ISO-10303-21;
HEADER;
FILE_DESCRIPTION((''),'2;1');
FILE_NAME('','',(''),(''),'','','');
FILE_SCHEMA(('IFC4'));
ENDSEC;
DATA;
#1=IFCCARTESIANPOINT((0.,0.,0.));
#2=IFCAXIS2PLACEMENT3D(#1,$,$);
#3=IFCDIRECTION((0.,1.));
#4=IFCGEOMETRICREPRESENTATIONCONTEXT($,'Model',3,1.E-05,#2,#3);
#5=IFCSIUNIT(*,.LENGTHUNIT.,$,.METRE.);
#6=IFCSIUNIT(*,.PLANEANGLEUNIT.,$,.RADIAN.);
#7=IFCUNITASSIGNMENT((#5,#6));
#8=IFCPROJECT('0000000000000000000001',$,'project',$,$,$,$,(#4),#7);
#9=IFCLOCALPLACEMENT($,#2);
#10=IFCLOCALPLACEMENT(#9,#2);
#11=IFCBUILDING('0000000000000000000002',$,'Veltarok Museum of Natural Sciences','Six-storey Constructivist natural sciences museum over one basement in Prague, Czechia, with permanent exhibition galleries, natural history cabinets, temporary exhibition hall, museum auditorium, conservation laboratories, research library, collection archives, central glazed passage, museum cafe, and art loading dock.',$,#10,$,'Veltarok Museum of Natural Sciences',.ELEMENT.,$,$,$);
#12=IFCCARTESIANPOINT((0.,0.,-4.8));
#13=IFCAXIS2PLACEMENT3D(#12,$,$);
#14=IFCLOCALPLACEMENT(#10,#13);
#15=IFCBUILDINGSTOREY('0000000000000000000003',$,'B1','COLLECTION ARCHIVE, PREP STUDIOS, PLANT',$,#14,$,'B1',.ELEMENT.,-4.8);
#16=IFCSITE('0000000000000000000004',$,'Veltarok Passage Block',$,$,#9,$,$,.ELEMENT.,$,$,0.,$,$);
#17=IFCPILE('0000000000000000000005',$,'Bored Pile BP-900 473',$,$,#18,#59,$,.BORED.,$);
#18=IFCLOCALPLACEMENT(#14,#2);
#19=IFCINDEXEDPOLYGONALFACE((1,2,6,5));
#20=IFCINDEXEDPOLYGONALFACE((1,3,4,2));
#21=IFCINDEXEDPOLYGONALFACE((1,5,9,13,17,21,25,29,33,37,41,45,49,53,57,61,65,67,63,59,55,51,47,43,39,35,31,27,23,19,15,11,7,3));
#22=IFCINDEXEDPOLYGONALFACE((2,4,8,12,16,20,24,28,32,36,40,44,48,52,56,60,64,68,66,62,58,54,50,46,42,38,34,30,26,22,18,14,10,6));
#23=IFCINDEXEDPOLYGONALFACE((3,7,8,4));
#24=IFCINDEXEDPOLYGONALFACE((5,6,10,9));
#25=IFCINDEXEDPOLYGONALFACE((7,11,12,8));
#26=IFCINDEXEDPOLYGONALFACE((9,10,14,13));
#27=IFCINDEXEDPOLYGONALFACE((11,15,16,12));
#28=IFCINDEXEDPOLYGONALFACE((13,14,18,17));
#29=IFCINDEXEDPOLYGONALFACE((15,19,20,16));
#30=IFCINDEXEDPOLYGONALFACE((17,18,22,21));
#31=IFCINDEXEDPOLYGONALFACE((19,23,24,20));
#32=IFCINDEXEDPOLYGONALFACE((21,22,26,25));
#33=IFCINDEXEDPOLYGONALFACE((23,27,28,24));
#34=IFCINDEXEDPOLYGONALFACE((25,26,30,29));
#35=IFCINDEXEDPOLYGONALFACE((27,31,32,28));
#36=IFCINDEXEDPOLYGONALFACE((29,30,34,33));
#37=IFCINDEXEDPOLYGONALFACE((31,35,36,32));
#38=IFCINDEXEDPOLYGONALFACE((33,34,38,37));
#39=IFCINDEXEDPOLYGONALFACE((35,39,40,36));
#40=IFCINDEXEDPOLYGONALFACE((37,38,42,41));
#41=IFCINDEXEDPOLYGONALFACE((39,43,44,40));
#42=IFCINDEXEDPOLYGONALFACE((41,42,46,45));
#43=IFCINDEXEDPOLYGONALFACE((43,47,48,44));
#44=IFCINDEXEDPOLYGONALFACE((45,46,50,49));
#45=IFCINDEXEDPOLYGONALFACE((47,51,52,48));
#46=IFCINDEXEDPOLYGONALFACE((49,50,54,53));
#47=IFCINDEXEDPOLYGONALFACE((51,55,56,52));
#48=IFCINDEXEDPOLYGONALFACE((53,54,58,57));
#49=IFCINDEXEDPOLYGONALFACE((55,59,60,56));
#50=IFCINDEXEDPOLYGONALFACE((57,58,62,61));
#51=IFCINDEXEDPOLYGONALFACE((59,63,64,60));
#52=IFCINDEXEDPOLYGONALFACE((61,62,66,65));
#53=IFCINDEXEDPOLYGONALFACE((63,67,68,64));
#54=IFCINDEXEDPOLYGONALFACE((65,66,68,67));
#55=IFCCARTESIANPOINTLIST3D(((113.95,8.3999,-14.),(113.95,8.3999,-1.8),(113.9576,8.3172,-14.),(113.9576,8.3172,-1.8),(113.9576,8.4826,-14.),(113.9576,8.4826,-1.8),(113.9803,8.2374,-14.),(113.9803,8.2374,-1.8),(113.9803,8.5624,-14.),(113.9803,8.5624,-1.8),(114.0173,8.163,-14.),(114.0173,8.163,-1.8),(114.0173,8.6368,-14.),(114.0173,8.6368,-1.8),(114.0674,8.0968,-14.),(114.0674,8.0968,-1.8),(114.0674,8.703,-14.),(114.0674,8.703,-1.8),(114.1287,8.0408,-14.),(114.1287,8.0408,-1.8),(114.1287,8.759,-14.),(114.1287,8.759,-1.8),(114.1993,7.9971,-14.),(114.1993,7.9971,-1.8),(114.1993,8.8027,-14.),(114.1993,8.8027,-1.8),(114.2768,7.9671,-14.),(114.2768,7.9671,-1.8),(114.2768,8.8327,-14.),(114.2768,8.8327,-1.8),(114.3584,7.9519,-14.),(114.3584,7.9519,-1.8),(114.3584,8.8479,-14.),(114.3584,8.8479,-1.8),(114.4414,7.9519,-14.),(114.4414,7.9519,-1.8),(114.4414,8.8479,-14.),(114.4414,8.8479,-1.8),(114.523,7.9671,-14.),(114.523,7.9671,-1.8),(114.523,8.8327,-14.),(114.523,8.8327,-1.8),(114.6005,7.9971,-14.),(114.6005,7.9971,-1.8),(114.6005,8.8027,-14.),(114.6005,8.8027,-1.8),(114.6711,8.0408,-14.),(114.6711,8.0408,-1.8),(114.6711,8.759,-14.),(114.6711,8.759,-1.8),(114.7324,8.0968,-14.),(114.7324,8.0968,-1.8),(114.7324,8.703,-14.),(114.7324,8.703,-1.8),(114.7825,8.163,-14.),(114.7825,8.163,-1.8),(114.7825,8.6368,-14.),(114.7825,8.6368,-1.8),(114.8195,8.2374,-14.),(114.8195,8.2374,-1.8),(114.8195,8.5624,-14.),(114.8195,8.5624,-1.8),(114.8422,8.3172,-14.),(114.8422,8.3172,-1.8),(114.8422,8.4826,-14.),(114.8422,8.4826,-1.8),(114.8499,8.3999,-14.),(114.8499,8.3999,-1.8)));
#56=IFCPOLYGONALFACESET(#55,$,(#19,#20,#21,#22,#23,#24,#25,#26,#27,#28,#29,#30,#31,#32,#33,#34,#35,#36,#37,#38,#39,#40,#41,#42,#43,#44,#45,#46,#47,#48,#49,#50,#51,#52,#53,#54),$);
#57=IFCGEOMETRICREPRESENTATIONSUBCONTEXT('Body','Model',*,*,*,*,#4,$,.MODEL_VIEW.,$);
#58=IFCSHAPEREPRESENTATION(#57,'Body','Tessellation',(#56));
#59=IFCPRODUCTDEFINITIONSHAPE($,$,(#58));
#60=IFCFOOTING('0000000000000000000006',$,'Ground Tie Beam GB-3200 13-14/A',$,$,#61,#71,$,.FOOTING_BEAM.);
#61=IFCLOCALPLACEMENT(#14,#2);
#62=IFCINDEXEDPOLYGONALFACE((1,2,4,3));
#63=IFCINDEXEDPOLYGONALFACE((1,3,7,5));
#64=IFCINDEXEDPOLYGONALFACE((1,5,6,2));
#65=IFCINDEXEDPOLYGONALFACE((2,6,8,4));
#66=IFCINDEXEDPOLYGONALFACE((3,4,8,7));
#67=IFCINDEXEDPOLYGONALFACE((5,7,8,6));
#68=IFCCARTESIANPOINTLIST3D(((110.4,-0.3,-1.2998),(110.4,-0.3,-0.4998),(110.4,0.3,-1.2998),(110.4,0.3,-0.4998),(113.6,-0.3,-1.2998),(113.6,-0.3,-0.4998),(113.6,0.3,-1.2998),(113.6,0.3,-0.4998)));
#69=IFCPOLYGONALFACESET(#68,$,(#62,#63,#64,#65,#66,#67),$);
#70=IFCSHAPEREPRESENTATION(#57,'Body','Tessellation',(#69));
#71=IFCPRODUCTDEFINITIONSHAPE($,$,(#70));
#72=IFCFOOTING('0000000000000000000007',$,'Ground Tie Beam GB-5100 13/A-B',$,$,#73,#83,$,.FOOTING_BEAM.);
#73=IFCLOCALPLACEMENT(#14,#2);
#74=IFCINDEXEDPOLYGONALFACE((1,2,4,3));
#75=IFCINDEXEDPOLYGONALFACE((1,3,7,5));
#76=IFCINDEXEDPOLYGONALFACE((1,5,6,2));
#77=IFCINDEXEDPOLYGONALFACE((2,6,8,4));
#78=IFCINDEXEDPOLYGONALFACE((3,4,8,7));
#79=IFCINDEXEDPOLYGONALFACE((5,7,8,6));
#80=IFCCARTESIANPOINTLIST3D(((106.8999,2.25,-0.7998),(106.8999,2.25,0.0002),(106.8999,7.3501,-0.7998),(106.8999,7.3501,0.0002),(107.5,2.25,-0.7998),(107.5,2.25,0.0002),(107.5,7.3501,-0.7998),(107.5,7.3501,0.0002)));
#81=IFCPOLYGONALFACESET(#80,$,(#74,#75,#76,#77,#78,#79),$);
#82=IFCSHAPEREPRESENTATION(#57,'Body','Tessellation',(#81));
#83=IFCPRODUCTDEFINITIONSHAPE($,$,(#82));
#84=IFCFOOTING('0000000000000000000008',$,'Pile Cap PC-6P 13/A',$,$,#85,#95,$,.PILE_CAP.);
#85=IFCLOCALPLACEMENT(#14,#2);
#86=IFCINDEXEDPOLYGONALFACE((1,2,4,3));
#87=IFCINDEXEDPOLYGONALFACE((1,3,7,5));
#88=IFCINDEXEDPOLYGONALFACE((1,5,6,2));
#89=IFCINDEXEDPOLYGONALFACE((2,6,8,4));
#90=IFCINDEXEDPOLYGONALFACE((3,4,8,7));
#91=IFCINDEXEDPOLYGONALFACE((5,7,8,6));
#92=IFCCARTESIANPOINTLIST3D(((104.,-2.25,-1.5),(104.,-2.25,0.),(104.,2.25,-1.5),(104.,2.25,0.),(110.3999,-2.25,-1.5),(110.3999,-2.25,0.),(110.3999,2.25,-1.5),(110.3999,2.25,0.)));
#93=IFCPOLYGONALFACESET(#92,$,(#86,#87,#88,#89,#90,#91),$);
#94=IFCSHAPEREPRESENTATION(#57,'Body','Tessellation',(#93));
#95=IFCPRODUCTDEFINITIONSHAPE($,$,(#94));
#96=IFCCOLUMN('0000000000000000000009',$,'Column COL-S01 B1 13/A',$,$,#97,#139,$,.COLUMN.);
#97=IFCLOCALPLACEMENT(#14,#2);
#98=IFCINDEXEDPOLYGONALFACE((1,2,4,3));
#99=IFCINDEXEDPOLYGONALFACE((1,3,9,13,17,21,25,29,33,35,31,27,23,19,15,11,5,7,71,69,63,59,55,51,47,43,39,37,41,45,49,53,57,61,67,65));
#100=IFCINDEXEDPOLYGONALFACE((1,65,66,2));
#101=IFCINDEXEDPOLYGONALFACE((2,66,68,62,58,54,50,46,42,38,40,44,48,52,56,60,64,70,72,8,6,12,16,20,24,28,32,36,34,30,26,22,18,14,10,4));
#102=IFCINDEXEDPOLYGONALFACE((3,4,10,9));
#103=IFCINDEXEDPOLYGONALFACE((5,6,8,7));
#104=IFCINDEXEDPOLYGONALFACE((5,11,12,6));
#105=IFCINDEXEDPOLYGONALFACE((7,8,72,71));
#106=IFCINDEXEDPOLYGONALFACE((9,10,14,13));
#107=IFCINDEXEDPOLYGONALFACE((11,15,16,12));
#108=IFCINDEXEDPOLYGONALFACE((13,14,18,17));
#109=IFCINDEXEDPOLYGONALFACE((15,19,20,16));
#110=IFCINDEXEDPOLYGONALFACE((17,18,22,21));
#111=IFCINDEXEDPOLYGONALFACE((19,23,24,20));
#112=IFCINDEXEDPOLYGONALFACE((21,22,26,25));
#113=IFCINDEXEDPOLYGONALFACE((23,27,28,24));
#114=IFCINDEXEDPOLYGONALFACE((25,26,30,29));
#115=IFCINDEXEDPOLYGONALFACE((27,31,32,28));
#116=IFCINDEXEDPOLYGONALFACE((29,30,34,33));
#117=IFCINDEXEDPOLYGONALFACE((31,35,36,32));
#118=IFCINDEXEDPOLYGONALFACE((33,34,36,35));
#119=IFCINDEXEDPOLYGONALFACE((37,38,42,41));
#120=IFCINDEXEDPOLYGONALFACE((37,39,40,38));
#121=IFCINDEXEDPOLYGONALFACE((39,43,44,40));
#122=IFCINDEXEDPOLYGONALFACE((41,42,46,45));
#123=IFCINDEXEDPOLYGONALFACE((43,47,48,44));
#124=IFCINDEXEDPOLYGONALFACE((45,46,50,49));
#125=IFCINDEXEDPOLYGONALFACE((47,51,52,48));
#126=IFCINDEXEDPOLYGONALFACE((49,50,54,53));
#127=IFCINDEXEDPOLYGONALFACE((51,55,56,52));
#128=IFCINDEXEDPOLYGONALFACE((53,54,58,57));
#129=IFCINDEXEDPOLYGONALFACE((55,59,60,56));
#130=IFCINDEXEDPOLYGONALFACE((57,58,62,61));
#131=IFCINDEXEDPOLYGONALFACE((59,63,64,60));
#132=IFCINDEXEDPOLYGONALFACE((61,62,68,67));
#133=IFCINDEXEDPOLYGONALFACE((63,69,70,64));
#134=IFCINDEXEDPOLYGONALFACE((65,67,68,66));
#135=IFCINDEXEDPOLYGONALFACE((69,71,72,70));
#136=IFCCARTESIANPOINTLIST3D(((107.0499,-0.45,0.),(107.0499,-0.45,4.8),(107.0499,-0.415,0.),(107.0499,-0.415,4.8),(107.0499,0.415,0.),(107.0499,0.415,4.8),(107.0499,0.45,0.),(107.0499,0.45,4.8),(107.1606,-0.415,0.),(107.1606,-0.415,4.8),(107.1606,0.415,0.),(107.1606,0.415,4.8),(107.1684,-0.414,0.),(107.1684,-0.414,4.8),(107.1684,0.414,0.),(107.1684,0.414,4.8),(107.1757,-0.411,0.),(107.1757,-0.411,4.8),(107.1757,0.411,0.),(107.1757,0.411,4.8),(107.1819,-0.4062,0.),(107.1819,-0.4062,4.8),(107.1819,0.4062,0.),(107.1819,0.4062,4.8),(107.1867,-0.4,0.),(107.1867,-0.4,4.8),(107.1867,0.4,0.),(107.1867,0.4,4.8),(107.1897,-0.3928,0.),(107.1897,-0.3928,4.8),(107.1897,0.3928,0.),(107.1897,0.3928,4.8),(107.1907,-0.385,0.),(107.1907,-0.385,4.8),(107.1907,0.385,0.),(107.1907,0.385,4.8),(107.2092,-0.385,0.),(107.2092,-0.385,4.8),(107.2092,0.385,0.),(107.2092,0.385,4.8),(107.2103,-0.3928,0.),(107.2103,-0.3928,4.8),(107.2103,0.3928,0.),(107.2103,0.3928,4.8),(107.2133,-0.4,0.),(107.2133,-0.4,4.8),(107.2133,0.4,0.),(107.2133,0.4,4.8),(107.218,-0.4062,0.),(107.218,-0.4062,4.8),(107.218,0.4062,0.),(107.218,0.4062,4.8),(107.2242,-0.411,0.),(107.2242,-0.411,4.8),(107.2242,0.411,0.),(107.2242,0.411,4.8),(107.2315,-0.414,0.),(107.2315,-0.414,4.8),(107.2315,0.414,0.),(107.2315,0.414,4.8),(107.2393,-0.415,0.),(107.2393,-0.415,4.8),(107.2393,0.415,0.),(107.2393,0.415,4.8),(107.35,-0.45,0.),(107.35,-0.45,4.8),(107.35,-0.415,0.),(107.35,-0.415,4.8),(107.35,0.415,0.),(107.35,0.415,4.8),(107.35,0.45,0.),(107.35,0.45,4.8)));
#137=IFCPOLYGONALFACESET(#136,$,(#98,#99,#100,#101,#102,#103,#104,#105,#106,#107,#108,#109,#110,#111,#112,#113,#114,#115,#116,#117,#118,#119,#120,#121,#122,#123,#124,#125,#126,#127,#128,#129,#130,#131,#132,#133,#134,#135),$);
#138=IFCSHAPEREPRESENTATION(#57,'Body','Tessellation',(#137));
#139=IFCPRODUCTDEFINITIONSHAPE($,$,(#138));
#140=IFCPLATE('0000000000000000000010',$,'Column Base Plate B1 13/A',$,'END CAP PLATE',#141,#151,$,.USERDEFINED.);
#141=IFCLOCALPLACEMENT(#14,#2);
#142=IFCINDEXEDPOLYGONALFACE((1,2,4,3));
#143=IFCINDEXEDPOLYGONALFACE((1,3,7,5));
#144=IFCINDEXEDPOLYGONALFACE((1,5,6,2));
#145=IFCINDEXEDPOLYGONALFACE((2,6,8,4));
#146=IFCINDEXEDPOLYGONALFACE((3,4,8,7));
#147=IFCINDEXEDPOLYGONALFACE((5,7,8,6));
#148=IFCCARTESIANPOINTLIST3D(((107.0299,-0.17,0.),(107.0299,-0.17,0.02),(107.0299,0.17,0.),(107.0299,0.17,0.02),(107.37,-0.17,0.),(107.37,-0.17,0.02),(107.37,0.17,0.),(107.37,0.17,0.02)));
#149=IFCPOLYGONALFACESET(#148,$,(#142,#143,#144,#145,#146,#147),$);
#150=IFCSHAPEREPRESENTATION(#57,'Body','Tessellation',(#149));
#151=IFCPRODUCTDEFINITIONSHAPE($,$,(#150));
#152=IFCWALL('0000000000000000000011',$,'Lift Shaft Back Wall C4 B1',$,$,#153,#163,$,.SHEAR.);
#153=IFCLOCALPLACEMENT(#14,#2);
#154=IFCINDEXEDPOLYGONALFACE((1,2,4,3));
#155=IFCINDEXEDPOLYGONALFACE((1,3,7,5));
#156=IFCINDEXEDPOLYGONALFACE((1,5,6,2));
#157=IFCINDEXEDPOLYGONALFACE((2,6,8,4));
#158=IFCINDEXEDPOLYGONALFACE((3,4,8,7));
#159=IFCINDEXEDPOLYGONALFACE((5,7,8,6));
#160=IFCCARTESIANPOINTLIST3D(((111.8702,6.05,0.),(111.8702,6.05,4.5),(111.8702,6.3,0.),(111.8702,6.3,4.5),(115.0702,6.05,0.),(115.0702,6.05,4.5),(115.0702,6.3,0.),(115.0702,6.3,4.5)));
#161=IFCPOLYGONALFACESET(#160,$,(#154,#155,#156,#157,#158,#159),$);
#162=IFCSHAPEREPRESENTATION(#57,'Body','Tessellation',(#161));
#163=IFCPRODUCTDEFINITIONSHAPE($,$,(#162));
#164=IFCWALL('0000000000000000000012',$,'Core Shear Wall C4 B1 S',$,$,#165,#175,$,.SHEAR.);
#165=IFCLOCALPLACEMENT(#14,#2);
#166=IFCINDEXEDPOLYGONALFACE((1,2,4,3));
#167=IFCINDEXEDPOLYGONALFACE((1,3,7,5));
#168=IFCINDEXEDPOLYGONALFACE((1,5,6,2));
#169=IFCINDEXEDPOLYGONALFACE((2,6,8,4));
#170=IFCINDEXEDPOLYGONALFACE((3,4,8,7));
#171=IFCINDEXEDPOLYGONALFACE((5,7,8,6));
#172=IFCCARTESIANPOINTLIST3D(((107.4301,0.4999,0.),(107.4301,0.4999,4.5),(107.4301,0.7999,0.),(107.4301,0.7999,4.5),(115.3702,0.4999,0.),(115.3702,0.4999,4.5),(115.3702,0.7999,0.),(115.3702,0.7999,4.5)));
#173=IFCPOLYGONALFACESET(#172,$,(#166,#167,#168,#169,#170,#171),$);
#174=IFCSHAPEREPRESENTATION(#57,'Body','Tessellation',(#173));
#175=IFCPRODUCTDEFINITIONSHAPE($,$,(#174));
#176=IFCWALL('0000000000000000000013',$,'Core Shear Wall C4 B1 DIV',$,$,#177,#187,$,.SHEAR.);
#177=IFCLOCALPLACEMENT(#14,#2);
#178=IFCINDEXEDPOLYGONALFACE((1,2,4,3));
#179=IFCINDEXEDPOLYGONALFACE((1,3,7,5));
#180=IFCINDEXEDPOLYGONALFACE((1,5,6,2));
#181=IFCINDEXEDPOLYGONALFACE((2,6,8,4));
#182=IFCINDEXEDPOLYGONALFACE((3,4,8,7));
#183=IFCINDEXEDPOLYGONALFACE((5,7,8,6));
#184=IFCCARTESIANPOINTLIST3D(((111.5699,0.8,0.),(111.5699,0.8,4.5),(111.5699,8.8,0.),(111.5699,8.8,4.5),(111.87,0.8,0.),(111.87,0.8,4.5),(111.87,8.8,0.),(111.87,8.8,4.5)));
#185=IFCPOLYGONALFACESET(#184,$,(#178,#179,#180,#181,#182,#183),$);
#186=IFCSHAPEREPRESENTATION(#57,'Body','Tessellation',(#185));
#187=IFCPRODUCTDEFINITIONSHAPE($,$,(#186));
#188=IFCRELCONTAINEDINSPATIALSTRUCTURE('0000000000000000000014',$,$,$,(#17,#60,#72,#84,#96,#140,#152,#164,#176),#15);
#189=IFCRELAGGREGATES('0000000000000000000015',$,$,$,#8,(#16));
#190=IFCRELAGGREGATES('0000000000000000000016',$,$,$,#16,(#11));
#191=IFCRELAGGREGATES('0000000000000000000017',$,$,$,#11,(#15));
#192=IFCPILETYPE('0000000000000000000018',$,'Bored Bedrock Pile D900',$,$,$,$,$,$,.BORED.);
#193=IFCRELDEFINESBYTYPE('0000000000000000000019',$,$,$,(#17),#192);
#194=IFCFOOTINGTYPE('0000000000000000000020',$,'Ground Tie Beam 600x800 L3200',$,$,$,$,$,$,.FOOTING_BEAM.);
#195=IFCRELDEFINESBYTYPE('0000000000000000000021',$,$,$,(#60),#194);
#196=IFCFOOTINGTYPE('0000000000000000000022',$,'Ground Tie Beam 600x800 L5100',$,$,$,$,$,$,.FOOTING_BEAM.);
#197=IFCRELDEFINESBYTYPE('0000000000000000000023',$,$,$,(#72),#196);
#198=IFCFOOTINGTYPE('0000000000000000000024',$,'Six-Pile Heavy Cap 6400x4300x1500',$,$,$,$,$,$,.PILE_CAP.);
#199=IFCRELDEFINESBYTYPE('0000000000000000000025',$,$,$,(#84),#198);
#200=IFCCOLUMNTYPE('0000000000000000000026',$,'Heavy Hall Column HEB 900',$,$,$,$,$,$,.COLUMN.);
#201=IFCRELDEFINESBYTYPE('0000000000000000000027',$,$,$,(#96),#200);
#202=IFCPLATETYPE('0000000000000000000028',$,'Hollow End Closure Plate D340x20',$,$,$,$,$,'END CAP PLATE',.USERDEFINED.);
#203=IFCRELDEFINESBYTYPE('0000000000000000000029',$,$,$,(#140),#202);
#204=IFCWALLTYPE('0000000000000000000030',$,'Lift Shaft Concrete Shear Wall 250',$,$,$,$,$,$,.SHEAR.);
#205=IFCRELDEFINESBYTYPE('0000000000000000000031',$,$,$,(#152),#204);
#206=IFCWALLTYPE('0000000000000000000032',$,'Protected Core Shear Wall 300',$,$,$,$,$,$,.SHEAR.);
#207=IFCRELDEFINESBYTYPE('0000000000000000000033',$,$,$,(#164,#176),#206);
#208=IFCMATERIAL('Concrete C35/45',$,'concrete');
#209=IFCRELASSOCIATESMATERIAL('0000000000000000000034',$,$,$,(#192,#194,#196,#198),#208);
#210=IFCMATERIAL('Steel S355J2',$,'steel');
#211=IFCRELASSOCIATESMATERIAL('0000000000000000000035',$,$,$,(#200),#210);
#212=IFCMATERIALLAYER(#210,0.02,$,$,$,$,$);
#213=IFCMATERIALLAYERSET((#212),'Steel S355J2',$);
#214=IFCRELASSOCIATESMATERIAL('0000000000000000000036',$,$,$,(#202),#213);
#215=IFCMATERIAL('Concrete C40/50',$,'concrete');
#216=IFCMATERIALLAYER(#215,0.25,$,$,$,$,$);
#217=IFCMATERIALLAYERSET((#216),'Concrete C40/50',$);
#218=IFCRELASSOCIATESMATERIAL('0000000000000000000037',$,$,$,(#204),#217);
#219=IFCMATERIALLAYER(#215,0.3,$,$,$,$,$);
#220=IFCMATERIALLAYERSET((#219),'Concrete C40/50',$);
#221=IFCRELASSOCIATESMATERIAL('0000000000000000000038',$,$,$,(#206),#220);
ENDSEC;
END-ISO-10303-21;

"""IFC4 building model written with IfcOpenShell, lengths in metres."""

from ifc_helpers import new_model, si_unit, direction, frame, frame_2d, origin, origin_2d, place, context, subcontext, project, spatial, rectangle, circle, i_section, extrude, material, layer, layer_set, material_profile, profile_set, type_object, element, save


model = new_model("IFC4")

# Units and contexts
model_context = context("Model", 3, precision=1e-05, world=origin(), true_north=direction((0.0, 1.0)))
body_context = subcontext(model_context, "Body", "Model", "MODEL_VIEW")
ifc_project = project(units=[si_unit("LENGTHUNIT", "METRE"), si_unit("PLANEANGLEUNIT", "RADIAN")], contexts=[model_context])

# Site, building, storey
site_placement = place(None, origin())
site = spatial("IfcSite", under=ifc_project, at=site_placement, Name="Veltarok Passage Block", CompositionType="ELEMENT", RefElevation=0.0)
building_placement = place(site_placement, origin())
building = spatial("IfcBuilding", under=site, at=building_placement, Name="Veltarok Museum of Natural Sciences", Description="Six-storey Constructivist natural sciences museum over one basement in Prague, Czechia, with permanent exhibition galleries, natural history cabinets, temporary exhibition hall, museum auditorium, conservation laboratories, research library, collection archives, central glazed passage, museum cafe, and art loading dock.", LongName="Veltarok Museum of Natural Sciences", CompositionType="ELEMENT")
storey_placement = place(building_placement, frame((0.0, 0.0, -4.8)))
storey = spatial("IfcBuildingStorey", under=building, at=storey_placement, Name="B1", Description="COLLECTION ARCHIVE, PREP STUDIOS, PLANT", LongName="B1", CompositionType="ELEMENT", Elevation=-4.8)

# Pile
ifc_material_1 = material(Name="Concrete C35/45", Category="concrete")
ifc_material_profile_1 = material_profile(ifc_material_1, circle(Radius=0.45, at=origin_2d()), Name="BP D900")
ifc_profile_set_1 = profile_set([ifc_material_profile_1], Name="Concrete C35/45")
pile_type_1 = type_object("IfcPileType", Name="Bored Bedrock Pile D900", PredefinedType="BORED", material=ifc_profile_set_1)
for number, where, z_axis, x_axis, name in (
    (1, (114.3999, 8.3999, -1.8), (0.0, 0.0, -1.0), (1.0, 0.0, 0.0), "Bored Pile BP-900 473"),
):
    element("IfcPile", number, at=place(storey_placement, frame(where, z_axis=z_axis, x_axis=x_axis)), inside=storey, type_object=pile_type_1, Name=name, PredefinedType="BORED", context=body_context, shape_type="SweptSolid", body=[
        extrude(circle(Radius=0.45, at=origin_2d()), origin(), (0.0, 0.0, 1.0), 12.2),
    ])

# Footings
footing_type_1 = type_object("IfcFootingType", Name="Ground Tie Beam 600x800 L3200", PredefinedType="FOOTING_BEAM", material=ifc_material_1)
footing_1_placement = place(storey_placement, frame((112.0, 0.0, -1.2998), z_axis=(0.0, 0.0, 1.0), x_axis=(1.0, 0.0, 0.0)))
element("IfcFooting", 2, at=footing_1_placement, inside=storey, type_object=footing_type_1, Name="Ground Tie Beam GB-3200 13-14/A", PredefinedType="FOOTING_BEAM", context=body_context, shape_type="SweptSolid", body=[
    extrude(rectangle(XDim=3.2, YDim=0.6001, at=origin_2d()), origin(), (0.0, 0.0, 1.0), 0.8),
])
footing_type_2 = type_object("IfcFootingType", Name="Ground Tie Beam 600x800 L5100", PredefinedType="FOOTING_BEAM", material=ifc_material_1)
footing_2_placement = place(storey_placement, frame((107.2, 4.8, -0.7998), z_axis=(0.0, 0.0, 1.0), x_axis=(0.0, 1.0, 0.0)))
element("IfcFooting", 3, at=footing_2_placement, inside=storey, type_object=footing_type_2, Name="Ground Tie Beam GB-5100 13/A-B", PredefinedType="FOOTING_BEAM", context=body_context, shape_type="SweptSolid", body=[
    extrude(rectangle(XDim=5.1001, YDim=0.6001, at=origin_2d()), origin(), (0.0, 0.0, 1.0), 0.8),
])
footing_type_3 = type_object("IfcFootingType", Name="Six-Pile Heavy Cap 6400x4300x1500", PredefinedType="PILE_CAP", material=ifc_material_1)
footing_3_placement = place(storey_placement, frame((107.2, 0.0, -1.5), z_axis=(0.0, 0.0, 1.0), x_axis=(1.0, 0.0, 0.0)))
element("IfcFooting", 4, at=footing_3_placement, inside=storey, type_object=footing_type_3, Name="Pile Cap PC-6P 13/A", PredefinedType="PILE_CAP", context=body_context, shape_type="SweptSolid", body=[
    extrude(rectangle(XDim=6.3999, YDim=4.5, at=origin_2d()), origin(), (0.0, 0.0, 1.0), 1.5),
])

# Column
ifc_material_2 = material(Name="Steel S355J2", Category="steel")
ifc_material_profile_2 = material_profile(ifc_material_2, i_section(OverallWidth=0.3, OverallDepth=0.8999, WebThickness=0.0186, FlangeThickness=0.0349, FilletRadius=0.03, at=origin_2d()), Name="HEB 900")
ifc_profile_set_2 = profile_set([ifc_material_profile_2], Name="Steel S355J2")
column_type = type_object("IfcColumnType", Name="Heavy Hall Column HEB 900", PredefinedType="COLUMN", material=ifc_profile_set_2)
column_placement = place(storey_placement, frame((107.2, 0.0, 0.0), z_axis=(0.0, 0.0, 1.0), x_axis=(1.0, 0.0, 0.0)))
element("IfcColumn", 5, at=column_placement, inside=storey, type_object=column_type, Name="Column COL-S01 B1 13/A", PredefinedType="COLUMN", context=body_context, shape_type="SweptSolid", body=[
    extrude(i_section(OverallWidth=0.3, OverallDepth=0.8999, WebThickness=0.0186, FlangeThickness=0.0349, FilletRadius=0.03, at=origin_2d()), origin(), (0.0, 0.0, 1.0), 4.8),
])

# Plate
ifc_layer_1 = layer(ifc_material_2, 0.02)
ifc_layer_set_1 = layer_set([ifc_layer_1], Name="Steel S355J2")
plate_type = type_object("IfcPlateType", Name="Hollow End Closure Plate D340x20", ElementType="END CAP PLATE", PredefinedType="USERDEFINED", material=ifc_layer_set_1)
plate_placement = place(storey_placement, frame((107.2, 0.0, 0.0), z_axis=(0.0, 0.0, 1.0), x_axis=(1.0, 0.0, 0.0)))
element("IfcPlate", 6, at=plate_placement, inside=storey, type_object=plate_type, Name="Column Base Plate B1 13/A", ObjectType="END CAP PLATE", PredefinedType="USERDEFINED", context=body_context, shape_type="SweptSolid", body=[
    extrude(rectangle(XDim=0.3401, YDim=0.3401, at=origin_2d()), origin(), (0.0, 0.0, 1.0), 0.02),
])

# Walls
ifc_material_3 = material(Name="Concrete C40/50", Category="concrete")
ifc_layer_2 = layer(ifc_material_3, 0.25)
ifc_layer_set_2 = layer_set([ifc_layer_2], Name="Concrete C40/50")
wall_type_1 = type_object("IfcWallType", Name="Lift Shaft Concrete Shear Wall 250", PredefinedType="SHEAR", material=ifc_layer_set_2)
wall_1_placement = place(storey_placement, frame((111.8701, 6.175, 0.0), z_axis=(0.0, 0.0, 1.0), x_axis=(1.0, 0.0, 0.0)))
element("IfcWall", 7, at=wall_1_placement, inside=storey, type_object=wall_type_1, Name="Lift Shaft Back Wall C4 B1", PredefinedType="SHEAR", context=body_context, shape_type="SweptSolid", body=[
    extrude(rectangle(XDim=3.2, YDim=0.25, at=frame_2d((1.6001, 0.0))), origin(), (0.0, 0.0, 1.0), 4.5),
])
ifc_layer_3 = layer(ifc_material_3, 0.3)
ifc_layer_set_3 = layer_set([ifc_layer_3], Name="Concrete C40/50")
wall_type_2 = type_object("IfcWallType", Name="Protected Core Shear Wall 300", PredefinedType="SHEAR", material=ifc_layer_set_3)
wall_2_placement = place(storey_placement, frame((107.4299, 0.6499, 0.0), z_axis=(0.0, 0.0, 1.0), x_axis=(1.0, 0.0, 0.0)))
element("IfcWall", 8, at=wall_2_placement, inside=storey, type_object=wall_type_2, Name="Core Shear Wall C4 B1 S", PredefinedType="SHEAR", context=body_context, shape_type="SweptSolid", body=[
    extrude(rectangle(XDim=7.9402, YDim=0.3, at=frame_2d((3.9702, 0.0))), origin(), (0.0, 0.0, 1.0), 4.5),
])
wall_3_placement = place(storey_placement, frame((111.72, 0.8, 0.0), z_axis=(0.0, 0.0, 1.0), x_axis=(0.0, 1.0, 0.0)))
element("IfcWall", 9, at=wall_3_placement, inside=storey, type_object=wall_type_2, Name="Core Shear Wall C4 B1 DIV", PredefinedType="SHEAR", context=body_context, shape_type="SweptSolid", body=[
    extrude(rectangle(XDim=8.0, YDim=0.3, at=frame_2d((4.0, 0.0))), origin(), (0.0, 0.0, 1.0), 4.5),
])

save(model, "model.ifc")
